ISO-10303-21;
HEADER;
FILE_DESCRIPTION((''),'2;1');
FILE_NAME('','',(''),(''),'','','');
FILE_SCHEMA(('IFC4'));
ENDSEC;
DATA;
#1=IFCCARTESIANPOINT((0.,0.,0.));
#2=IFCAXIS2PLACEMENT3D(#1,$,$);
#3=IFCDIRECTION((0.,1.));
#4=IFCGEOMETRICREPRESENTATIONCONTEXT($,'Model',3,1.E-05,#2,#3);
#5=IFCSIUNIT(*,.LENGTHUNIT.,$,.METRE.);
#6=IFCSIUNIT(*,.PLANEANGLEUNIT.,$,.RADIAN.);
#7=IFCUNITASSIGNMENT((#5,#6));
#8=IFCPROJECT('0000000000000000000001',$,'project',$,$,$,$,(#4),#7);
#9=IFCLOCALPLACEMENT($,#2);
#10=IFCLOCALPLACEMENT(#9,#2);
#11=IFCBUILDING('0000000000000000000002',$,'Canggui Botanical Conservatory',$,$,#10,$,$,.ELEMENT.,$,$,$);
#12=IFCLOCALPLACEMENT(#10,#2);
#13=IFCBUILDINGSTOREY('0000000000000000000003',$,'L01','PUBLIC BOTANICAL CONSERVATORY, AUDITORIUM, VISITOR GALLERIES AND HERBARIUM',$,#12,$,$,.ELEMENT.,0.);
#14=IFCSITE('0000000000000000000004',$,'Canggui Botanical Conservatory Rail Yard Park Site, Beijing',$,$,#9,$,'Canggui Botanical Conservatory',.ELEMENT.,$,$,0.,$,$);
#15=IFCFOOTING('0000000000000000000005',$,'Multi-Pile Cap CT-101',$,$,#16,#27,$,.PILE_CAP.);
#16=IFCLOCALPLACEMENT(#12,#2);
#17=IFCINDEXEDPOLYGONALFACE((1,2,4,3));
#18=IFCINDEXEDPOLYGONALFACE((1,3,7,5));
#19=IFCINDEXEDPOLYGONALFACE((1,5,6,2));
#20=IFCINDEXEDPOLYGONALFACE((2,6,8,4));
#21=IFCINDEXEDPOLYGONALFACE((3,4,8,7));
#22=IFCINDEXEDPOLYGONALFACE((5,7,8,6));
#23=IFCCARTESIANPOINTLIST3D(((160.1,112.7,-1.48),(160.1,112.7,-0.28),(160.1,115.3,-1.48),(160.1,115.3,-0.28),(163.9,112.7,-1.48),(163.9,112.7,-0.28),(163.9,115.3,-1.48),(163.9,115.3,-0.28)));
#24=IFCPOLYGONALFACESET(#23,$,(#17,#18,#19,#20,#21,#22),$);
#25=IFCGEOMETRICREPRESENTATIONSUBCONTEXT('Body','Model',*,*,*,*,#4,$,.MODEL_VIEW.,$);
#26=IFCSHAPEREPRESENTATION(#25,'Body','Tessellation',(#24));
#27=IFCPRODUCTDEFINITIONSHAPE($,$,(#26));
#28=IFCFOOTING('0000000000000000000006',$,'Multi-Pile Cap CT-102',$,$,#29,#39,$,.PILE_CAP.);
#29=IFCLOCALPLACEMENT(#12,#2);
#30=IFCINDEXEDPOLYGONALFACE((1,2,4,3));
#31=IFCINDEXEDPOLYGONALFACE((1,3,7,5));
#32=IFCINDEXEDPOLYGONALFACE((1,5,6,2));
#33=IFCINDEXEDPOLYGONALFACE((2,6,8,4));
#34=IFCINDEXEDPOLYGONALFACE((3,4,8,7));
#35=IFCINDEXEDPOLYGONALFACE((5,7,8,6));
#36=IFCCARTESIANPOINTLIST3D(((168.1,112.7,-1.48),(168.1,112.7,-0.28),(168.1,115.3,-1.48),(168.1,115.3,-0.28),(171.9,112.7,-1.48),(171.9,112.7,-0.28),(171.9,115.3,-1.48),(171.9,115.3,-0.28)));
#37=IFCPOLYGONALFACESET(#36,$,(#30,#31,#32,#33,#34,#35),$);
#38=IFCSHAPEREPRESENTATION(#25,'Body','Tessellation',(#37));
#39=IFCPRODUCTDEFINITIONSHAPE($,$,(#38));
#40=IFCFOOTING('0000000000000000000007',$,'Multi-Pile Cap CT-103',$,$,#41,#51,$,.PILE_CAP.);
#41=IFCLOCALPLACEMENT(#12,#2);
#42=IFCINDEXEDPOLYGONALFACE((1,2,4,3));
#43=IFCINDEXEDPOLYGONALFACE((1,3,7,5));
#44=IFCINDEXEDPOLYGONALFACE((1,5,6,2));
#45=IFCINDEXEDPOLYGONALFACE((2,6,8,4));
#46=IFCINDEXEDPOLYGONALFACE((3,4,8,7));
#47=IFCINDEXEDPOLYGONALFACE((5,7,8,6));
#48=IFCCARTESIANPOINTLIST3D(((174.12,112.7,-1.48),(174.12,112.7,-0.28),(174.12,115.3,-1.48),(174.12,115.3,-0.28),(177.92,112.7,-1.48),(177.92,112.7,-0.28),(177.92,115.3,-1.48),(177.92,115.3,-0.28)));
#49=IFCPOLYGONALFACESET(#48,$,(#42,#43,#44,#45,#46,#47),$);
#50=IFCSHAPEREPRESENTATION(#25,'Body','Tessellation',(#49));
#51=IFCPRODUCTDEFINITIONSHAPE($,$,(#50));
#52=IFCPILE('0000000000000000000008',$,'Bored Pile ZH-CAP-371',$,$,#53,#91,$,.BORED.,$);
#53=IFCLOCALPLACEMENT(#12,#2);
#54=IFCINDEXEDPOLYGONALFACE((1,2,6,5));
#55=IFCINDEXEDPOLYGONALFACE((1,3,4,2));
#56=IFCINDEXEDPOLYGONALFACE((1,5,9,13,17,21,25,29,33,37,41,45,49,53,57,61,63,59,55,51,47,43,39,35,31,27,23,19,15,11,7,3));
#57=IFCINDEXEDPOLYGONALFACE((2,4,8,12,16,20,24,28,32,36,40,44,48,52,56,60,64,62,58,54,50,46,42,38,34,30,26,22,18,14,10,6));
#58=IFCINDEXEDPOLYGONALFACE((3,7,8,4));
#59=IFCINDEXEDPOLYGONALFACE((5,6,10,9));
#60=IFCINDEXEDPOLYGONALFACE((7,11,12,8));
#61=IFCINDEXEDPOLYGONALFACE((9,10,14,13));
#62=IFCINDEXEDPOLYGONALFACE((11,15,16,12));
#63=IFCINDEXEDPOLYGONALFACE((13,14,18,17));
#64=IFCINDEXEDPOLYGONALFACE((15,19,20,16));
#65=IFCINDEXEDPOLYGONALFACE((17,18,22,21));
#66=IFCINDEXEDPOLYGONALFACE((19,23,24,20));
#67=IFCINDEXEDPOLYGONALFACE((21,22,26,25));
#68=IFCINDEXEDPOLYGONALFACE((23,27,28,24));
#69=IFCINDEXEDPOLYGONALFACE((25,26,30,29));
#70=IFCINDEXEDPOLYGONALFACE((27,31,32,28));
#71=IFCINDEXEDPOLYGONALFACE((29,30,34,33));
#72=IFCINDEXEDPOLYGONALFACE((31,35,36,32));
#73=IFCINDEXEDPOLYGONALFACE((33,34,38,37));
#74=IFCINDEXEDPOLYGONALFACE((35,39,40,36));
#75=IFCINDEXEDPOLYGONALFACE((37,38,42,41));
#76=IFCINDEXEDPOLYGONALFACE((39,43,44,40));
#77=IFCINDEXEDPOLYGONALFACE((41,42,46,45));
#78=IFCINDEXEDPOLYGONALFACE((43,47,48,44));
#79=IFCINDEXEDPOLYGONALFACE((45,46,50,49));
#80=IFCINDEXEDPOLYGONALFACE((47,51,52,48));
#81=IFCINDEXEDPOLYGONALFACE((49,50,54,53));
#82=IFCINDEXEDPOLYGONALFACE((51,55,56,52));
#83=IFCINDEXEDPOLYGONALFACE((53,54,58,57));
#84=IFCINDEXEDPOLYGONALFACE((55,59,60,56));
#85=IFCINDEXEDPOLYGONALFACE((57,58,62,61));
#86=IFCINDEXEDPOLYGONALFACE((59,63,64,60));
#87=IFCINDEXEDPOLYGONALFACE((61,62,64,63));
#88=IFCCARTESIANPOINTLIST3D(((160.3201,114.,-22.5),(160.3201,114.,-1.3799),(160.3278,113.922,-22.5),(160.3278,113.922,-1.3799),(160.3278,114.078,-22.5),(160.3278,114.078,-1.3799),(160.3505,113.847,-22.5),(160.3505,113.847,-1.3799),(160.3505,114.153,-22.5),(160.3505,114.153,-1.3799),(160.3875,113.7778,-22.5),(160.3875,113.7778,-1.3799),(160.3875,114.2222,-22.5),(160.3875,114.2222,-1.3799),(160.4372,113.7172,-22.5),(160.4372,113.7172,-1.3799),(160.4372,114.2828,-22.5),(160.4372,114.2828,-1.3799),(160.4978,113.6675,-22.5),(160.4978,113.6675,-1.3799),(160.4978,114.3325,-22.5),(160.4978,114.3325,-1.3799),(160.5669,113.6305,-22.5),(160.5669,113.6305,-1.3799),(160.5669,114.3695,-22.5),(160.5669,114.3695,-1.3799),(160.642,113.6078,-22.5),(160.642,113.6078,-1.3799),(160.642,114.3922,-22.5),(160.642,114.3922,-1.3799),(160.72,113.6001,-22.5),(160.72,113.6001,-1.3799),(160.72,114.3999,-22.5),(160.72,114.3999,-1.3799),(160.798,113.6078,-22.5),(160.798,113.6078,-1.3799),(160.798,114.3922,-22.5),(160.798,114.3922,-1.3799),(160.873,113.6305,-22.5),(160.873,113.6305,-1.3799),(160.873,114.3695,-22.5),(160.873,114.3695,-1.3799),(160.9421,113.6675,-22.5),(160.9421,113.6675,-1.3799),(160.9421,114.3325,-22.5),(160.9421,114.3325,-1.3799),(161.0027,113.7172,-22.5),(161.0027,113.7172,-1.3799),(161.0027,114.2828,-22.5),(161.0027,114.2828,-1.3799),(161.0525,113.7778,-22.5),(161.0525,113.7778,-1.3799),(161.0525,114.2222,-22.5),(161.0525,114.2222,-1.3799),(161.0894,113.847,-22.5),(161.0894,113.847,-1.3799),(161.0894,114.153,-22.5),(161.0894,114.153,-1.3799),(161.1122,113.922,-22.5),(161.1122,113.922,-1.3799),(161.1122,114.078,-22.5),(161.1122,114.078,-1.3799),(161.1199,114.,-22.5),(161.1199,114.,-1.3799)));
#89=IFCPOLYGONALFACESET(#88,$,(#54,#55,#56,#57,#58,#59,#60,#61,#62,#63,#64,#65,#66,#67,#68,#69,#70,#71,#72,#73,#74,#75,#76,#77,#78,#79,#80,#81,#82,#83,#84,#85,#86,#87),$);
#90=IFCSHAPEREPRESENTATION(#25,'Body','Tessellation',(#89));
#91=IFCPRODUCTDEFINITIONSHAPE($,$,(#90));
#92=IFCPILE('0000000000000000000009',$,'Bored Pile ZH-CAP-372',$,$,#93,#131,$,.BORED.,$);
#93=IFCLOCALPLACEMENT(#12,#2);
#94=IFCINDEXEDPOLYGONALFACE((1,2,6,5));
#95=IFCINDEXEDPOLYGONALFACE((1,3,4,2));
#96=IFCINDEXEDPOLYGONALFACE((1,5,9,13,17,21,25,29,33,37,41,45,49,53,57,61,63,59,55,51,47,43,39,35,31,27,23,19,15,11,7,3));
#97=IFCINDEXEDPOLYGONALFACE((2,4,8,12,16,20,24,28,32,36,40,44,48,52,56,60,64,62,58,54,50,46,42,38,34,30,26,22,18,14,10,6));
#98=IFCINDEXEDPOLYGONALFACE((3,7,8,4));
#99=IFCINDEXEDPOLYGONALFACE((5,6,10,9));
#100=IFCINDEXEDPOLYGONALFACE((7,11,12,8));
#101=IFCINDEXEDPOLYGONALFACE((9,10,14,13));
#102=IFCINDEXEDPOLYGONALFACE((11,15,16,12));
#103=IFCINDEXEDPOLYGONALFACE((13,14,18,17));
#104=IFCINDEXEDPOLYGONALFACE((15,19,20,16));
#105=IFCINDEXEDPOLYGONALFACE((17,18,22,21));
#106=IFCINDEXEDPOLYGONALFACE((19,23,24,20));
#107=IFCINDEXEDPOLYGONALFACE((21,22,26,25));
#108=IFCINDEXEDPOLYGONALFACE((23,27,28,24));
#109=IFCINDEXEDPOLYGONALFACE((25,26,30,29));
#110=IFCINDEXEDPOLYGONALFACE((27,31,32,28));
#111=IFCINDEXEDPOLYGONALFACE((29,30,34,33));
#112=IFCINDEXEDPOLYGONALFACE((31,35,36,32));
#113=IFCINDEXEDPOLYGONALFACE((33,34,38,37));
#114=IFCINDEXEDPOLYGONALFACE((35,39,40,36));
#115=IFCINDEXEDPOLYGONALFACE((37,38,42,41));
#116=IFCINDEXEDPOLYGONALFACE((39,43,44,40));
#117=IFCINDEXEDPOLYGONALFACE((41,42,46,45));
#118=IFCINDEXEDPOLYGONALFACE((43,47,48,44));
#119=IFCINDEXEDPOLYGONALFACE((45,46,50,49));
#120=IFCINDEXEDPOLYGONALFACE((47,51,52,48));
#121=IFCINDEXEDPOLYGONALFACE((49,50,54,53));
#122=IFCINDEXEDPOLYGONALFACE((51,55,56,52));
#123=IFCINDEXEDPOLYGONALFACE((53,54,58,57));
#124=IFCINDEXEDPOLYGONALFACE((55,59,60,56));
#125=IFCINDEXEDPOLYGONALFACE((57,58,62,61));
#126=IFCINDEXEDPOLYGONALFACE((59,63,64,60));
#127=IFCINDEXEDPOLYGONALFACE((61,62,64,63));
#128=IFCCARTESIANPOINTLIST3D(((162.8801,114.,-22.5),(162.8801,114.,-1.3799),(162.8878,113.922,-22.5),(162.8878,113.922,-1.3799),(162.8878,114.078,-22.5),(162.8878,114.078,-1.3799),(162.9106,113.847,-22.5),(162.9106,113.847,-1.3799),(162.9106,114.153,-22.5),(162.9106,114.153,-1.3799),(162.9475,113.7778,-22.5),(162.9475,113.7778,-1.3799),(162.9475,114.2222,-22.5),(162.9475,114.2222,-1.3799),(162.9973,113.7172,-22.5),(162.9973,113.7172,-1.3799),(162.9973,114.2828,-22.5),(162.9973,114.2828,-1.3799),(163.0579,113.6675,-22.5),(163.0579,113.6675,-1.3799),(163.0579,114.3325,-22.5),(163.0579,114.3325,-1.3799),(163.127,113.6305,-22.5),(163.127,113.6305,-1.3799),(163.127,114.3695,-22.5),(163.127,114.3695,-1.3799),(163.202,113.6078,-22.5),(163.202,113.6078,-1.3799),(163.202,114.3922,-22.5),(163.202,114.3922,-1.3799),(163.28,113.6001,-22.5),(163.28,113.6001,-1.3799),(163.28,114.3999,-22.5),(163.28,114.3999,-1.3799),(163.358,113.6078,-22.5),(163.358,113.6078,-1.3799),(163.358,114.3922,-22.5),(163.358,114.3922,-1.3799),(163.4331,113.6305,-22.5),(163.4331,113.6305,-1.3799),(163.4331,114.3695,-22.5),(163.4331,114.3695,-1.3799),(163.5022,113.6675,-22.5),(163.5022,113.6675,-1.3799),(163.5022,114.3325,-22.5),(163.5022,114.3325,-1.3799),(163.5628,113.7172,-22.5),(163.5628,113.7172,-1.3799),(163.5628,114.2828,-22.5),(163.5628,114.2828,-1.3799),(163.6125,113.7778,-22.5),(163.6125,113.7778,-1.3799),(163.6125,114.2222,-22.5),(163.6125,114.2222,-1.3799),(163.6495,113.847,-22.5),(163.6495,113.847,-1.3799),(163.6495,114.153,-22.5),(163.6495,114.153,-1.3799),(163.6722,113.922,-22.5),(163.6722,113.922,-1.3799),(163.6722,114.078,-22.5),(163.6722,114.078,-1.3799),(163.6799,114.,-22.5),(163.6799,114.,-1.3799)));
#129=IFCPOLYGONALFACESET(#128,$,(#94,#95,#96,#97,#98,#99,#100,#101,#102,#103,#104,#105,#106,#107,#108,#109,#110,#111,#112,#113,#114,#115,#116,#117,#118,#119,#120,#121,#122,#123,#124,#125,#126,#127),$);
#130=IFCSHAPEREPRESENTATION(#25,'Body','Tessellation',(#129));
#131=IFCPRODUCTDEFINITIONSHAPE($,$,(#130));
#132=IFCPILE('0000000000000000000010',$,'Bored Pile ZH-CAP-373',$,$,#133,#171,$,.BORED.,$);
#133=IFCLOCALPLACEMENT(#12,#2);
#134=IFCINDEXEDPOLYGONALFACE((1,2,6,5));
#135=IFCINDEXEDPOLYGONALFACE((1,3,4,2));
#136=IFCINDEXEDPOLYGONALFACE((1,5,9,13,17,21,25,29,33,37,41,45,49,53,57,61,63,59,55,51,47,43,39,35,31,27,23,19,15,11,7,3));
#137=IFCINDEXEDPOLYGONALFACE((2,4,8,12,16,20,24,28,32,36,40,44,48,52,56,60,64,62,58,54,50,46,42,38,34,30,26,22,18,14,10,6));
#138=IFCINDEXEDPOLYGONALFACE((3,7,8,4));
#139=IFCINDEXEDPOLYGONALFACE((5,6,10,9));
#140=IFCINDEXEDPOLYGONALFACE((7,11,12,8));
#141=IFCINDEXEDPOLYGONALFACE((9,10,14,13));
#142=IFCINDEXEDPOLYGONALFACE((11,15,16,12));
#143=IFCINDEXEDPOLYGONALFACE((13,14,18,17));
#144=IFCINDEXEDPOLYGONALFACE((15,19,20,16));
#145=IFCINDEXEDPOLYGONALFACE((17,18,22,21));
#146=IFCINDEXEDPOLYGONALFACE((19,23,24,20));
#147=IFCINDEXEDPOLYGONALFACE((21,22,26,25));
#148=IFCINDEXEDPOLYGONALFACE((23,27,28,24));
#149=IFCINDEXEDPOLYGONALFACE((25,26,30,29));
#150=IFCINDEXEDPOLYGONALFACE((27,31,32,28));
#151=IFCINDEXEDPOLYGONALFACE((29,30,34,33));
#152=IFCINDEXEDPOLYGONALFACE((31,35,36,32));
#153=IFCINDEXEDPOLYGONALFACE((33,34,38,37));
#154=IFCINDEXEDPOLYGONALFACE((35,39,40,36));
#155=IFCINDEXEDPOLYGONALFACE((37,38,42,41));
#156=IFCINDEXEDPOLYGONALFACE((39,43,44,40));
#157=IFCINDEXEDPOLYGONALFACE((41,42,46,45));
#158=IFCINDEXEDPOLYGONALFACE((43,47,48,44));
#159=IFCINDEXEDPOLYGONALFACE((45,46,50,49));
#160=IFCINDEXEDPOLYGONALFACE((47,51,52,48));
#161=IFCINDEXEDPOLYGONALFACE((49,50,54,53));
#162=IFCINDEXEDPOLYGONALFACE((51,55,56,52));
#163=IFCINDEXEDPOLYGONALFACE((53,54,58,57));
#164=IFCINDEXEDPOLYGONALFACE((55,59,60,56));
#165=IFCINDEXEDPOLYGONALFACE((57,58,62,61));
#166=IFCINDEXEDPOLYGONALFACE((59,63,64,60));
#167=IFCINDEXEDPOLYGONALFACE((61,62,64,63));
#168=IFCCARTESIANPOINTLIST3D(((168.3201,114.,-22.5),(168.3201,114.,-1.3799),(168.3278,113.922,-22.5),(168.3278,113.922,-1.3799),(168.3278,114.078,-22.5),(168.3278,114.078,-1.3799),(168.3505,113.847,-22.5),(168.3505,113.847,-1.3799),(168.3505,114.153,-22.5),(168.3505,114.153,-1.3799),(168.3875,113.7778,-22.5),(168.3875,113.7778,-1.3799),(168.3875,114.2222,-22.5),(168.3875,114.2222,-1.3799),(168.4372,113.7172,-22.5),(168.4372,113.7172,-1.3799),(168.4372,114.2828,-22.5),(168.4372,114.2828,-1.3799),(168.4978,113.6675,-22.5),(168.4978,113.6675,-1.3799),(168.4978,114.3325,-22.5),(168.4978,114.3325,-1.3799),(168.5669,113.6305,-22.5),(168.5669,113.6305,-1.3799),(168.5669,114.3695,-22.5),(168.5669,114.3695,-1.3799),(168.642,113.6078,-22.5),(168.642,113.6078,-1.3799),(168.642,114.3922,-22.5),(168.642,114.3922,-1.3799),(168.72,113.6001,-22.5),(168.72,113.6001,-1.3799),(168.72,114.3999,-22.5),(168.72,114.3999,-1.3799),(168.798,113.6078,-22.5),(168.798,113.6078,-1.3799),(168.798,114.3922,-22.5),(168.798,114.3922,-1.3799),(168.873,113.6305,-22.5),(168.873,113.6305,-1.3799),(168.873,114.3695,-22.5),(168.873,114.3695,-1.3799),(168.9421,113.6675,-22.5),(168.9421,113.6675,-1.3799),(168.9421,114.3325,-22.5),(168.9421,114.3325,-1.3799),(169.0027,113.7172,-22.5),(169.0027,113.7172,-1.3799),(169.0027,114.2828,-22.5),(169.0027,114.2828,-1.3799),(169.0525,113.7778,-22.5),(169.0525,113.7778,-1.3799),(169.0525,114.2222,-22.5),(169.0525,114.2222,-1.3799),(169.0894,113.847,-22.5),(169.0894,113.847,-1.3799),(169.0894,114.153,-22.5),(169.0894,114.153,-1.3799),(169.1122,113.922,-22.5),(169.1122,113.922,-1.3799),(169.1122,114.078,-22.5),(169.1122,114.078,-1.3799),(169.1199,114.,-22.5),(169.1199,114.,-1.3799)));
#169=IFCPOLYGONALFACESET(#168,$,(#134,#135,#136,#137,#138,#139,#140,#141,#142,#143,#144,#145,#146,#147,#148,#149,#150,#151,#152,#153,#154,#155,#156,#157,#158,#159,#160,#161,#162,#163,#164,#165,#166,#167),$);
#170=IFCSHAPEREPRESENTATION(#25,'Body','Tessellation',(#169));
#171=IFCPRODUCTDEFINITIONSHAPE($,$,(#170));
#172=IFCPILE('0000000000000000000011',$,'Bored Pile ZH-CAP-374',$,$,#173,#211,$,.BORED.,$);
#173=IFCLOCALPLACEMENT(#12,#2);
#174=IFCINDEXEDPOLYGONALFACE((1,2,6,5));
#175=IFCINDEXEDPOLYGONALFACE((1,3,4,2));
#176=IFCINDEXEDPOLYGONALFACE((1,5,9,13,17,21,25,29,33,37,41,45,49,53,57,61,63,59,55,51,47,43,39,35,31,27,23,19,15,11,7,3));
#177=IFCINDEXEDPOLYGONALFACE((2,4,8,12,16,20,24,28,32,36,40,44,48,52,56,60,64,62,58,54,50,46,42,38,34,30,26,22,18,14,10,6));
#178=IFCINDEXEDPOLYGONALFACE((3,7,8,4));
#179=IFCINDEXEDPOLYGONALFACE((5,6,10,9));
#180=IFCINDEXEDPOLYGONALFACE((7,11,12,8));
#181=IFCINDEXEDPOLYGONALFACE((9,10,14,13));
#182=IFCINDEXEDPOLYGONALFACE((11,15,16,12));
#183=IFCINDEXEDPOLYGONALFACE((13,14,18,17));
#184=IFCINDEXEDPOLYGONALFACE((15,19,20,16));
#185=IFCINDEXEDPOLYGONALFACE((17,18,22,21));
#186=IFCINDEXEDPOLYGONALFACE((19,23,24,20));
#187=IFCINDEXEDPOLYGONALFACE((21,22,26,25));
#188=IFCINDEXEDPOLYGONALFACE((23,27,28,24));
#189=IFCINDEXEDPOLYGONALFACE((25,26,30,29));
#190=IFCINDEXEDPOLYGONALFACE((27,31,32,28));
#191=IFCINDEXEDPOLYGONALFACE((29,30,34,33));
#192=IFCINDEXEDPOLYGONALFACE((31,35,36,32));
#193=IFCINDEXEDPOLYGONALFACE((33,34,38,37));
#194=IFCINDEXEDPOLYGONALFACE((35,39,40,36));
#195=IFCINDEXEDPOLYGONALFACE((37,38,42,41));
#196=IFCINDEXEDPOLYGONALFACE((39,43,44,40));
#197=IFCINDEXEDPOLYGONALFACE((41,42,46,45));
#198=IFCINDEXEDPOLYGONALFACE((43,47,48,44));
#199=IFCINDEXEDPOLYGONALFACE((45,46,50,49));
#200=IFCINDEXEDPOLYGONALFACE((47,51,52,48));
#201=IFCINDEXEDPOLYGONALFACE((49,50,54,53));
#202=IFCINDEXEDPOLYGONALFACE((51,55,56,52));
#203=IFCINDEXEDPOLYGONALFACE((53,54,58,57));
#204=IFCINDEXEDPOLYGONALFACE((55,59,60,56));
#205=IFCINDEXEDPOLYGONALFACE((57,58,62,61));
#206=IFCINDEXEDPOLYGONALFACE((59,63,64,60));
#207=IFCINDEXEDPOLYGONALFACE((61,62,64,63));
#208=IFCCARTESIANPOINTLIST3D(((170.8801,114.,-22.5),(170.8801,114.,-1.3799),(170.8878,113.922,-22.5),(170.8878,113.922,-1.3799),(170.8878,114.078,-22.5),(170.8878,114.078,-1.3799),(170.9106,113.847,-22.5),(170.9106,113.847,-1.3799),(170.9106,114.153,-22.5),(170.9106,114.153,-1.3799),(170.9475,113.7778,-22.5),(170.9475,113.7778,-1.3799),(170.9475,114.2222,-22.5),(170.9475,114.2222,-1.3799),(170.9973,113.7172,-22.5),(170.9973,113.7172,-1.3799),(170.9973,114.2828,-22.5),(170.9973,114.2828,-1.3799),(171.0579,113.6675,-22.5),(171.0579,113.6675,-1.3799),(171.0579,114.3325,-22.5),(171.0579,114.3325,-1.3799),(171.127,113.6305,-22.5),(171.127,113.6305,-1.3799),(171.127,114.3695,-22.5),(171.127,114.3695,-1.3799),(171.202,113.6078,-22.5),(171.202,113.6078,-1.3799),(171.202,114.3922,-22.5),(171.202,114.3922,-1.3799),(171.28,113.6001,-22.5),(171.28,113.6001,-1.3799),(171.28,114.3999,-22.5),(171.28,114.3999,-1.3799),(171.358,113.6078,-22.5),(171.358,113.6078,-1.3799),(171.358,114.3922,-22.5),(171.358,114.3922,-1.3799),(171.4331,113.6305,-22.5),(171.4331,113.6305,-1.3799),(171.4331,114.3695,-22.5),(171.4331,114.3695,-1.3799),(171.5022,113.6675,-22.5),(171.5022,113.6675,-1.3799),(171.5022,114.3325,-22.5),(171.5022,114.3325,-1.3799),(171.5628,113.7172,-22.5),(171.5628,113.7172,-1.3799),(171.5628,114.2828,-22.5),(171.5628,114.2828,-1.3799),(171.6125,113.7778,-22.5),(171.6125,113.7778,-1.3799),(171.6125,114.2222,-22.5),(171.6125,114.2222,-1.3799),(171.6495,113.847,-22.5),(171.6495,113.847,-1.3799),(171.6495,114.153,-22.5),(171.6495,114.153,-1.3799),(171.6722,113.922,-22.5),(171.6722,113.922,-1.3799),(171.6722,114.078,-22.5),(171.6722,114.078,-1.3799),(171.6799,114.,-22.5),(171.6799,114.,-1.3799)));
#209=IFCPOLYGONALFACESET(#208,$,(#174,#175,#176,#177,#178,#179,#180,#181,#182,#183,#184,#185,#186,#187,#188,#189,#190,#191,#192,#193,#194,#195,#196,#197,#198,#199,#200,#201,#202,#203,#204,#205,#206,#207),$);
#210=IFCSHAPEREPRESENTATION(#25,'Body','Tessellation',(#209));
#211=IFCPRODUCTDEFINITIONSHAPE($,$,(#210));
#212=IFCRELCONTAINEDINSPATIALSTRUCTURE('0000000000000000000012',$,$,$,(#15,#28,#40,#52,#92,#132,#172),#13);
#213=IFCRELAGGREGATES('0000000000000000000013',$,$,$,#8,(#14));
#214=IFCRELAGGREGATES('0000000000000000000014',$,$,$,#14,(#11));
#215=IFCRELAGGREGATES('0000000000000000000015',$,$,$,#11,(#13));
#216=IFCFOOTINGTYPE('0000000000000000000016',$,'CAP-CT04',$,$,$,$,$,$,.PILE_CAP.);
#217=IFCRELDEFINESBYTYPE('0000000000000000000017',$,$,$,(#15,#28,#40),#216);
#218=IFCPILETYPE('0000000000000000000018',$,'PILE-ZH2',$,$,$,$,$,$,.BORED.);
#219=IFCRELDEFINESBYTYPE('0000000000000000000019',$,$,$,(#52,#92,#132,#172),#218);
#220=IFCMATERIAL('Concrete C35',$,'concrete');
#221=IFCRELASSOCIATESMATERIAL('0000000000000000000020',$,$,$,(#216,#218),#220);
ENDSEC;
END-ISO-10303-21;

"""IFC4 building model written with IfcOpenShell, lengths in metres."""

from ifc_helpers import new_model, si_unit, direction, frame, origin, origin_2d, place, context, subcontext, project, spatial, rectangle, circle, extrude, material, material_profile, profile_set, type_object, element, save


model = new_model("IFC4")

# Units and contexts
model_context = context("Model", 3, precision=1e-05, world=origin(), true_north=direction((0.0, 1.0)))
body_context = subcontext(model_context, "Body", "Model", "MODEL_VIEW")
ifc_project = project(units=[si_unit("LENGTHUNIT", "METRE"), si_unit("PLANEANGLEUNIT", "RADIAN")], contexts=[model_context])

# Site, building, storey
site_placement = place(None, origin())
site = spatial("IfcSite", under=ifc_project, at=site_placement, Name="Canggui Botanical Conservatory Rail Yard Park Site, Beijing", LongName="Canggui Botanical Conservatory", CompositionType="ELEMENT", RefElevation=0.0)
building_placement = place(site_placement, origin())
building = spatial("IfcBuilding", under=site, at=building_placement, Name="Canggui Botanical Conservatory", CompositionType="ELEMENT")
storey_placement = place(building_placement, origin())
storey = spatial("IfcBuildingStorey", under=building, at=storey_placement, Name="L01", Description="PUBLIC BOTANICAL CONSERVATORY, AUDITORIUM, VISITOR GALLERIES AND HERBARIUM", CompositionType="ELEMENT", Elevation=0.0)

# Footings
ifc_material_1 = material(Name="Concrete C35", Category="concrete")
footing_type_1 = type_object("IfcFootingType", Name="CAP-CT04", PredefinedType="PILE_CAP", material=ifc_material_1)
for number, where, z_axis, x_axis, name in (
    (1, (162.0, 114.0, -1.48), (0.0, 0.0, 1.0), (1.0, 0.0, 0.0), "Multi-Pile Cap CT-101"),
    (2, (170.0, 114.0, -1.48), (0.0, 0.0, 1.0), (1.0, 0.0, 0.0), "Multi-Pile Cap CT-102"),
    (3, (176.02, 114.0, -1.48), (0.0, 0.0, 1.0), (1.0, 0.0, 0.0), "Multi-Pile Cap CT-103"),
):
    element("IfcFooting", number, at=place(storey_placement, frame(where, z_axis=z_axis, x_axis=x_axis)), inside=storey, type_object=footing_type_1, Name=name, PredefinedType="PILE_CAP", context=body_context, shape_type="SweptSolid", body=[
        extrude(rectangle(XDim=3.8, YDim=2.6001, at=origin_2d()), origin(), (0.0, 0.0, 1.0), 1.2),
    ])

# Piles
ifc_material_profile_1 = material_profile(ifc_material_1, circle(Radius=0.3999, at=origin_2d()), Name="PILE D800")
ifc_profile_set_1 = profile_set([ifc_material_profile_1], Name="Concrete C35")
pile_type = type_object("IfcPileType", Name="PILE-ZH2", PredefinedType="BORED", material=ifc_profile_set_1)
for number, where, z_axis, x_axis, name in (
    (4, (160.72, 114.0, -1.3799), (0.0, 0.0, -1.0), (1.0, 0.0, 0.0), "Bored Pile ZH-CAP-371"),
    (5, (163.28, 114.0, -1.3799), (0.0, 0.0, -1.0), (1.0, 0.0, 0.0), "Bored Pile ZH-CAP-372"),
    (6, (168.72, 114.0, -1.3799), (0.0, 0.0, -1.0), (1.0, 0.0, 0.0), "Bored Pile ZH-CAP-373"),
    (7, (171.28, 114.0, -1.3799), (0.0, 0.0, -1.0), (1.0, 0.0, 0.0), "Bored Pile ZH-CAP-374"),
):
    element("IfcPile", number, at=place(storey_placement, frame(where, z_axis=z_axis, x_axis=x_axis)), inside=storey, type_object=pile_type, Name=name, PredefinedType="BORED", context=body_context, shape_type="SweptSolid", body=[
        extrude(circle(Radius=0.3999, at=origin_2d()), origin(), (0.0, 0.0, 1.0), 21.1201),
    ])

save(model, "model.ifc")
